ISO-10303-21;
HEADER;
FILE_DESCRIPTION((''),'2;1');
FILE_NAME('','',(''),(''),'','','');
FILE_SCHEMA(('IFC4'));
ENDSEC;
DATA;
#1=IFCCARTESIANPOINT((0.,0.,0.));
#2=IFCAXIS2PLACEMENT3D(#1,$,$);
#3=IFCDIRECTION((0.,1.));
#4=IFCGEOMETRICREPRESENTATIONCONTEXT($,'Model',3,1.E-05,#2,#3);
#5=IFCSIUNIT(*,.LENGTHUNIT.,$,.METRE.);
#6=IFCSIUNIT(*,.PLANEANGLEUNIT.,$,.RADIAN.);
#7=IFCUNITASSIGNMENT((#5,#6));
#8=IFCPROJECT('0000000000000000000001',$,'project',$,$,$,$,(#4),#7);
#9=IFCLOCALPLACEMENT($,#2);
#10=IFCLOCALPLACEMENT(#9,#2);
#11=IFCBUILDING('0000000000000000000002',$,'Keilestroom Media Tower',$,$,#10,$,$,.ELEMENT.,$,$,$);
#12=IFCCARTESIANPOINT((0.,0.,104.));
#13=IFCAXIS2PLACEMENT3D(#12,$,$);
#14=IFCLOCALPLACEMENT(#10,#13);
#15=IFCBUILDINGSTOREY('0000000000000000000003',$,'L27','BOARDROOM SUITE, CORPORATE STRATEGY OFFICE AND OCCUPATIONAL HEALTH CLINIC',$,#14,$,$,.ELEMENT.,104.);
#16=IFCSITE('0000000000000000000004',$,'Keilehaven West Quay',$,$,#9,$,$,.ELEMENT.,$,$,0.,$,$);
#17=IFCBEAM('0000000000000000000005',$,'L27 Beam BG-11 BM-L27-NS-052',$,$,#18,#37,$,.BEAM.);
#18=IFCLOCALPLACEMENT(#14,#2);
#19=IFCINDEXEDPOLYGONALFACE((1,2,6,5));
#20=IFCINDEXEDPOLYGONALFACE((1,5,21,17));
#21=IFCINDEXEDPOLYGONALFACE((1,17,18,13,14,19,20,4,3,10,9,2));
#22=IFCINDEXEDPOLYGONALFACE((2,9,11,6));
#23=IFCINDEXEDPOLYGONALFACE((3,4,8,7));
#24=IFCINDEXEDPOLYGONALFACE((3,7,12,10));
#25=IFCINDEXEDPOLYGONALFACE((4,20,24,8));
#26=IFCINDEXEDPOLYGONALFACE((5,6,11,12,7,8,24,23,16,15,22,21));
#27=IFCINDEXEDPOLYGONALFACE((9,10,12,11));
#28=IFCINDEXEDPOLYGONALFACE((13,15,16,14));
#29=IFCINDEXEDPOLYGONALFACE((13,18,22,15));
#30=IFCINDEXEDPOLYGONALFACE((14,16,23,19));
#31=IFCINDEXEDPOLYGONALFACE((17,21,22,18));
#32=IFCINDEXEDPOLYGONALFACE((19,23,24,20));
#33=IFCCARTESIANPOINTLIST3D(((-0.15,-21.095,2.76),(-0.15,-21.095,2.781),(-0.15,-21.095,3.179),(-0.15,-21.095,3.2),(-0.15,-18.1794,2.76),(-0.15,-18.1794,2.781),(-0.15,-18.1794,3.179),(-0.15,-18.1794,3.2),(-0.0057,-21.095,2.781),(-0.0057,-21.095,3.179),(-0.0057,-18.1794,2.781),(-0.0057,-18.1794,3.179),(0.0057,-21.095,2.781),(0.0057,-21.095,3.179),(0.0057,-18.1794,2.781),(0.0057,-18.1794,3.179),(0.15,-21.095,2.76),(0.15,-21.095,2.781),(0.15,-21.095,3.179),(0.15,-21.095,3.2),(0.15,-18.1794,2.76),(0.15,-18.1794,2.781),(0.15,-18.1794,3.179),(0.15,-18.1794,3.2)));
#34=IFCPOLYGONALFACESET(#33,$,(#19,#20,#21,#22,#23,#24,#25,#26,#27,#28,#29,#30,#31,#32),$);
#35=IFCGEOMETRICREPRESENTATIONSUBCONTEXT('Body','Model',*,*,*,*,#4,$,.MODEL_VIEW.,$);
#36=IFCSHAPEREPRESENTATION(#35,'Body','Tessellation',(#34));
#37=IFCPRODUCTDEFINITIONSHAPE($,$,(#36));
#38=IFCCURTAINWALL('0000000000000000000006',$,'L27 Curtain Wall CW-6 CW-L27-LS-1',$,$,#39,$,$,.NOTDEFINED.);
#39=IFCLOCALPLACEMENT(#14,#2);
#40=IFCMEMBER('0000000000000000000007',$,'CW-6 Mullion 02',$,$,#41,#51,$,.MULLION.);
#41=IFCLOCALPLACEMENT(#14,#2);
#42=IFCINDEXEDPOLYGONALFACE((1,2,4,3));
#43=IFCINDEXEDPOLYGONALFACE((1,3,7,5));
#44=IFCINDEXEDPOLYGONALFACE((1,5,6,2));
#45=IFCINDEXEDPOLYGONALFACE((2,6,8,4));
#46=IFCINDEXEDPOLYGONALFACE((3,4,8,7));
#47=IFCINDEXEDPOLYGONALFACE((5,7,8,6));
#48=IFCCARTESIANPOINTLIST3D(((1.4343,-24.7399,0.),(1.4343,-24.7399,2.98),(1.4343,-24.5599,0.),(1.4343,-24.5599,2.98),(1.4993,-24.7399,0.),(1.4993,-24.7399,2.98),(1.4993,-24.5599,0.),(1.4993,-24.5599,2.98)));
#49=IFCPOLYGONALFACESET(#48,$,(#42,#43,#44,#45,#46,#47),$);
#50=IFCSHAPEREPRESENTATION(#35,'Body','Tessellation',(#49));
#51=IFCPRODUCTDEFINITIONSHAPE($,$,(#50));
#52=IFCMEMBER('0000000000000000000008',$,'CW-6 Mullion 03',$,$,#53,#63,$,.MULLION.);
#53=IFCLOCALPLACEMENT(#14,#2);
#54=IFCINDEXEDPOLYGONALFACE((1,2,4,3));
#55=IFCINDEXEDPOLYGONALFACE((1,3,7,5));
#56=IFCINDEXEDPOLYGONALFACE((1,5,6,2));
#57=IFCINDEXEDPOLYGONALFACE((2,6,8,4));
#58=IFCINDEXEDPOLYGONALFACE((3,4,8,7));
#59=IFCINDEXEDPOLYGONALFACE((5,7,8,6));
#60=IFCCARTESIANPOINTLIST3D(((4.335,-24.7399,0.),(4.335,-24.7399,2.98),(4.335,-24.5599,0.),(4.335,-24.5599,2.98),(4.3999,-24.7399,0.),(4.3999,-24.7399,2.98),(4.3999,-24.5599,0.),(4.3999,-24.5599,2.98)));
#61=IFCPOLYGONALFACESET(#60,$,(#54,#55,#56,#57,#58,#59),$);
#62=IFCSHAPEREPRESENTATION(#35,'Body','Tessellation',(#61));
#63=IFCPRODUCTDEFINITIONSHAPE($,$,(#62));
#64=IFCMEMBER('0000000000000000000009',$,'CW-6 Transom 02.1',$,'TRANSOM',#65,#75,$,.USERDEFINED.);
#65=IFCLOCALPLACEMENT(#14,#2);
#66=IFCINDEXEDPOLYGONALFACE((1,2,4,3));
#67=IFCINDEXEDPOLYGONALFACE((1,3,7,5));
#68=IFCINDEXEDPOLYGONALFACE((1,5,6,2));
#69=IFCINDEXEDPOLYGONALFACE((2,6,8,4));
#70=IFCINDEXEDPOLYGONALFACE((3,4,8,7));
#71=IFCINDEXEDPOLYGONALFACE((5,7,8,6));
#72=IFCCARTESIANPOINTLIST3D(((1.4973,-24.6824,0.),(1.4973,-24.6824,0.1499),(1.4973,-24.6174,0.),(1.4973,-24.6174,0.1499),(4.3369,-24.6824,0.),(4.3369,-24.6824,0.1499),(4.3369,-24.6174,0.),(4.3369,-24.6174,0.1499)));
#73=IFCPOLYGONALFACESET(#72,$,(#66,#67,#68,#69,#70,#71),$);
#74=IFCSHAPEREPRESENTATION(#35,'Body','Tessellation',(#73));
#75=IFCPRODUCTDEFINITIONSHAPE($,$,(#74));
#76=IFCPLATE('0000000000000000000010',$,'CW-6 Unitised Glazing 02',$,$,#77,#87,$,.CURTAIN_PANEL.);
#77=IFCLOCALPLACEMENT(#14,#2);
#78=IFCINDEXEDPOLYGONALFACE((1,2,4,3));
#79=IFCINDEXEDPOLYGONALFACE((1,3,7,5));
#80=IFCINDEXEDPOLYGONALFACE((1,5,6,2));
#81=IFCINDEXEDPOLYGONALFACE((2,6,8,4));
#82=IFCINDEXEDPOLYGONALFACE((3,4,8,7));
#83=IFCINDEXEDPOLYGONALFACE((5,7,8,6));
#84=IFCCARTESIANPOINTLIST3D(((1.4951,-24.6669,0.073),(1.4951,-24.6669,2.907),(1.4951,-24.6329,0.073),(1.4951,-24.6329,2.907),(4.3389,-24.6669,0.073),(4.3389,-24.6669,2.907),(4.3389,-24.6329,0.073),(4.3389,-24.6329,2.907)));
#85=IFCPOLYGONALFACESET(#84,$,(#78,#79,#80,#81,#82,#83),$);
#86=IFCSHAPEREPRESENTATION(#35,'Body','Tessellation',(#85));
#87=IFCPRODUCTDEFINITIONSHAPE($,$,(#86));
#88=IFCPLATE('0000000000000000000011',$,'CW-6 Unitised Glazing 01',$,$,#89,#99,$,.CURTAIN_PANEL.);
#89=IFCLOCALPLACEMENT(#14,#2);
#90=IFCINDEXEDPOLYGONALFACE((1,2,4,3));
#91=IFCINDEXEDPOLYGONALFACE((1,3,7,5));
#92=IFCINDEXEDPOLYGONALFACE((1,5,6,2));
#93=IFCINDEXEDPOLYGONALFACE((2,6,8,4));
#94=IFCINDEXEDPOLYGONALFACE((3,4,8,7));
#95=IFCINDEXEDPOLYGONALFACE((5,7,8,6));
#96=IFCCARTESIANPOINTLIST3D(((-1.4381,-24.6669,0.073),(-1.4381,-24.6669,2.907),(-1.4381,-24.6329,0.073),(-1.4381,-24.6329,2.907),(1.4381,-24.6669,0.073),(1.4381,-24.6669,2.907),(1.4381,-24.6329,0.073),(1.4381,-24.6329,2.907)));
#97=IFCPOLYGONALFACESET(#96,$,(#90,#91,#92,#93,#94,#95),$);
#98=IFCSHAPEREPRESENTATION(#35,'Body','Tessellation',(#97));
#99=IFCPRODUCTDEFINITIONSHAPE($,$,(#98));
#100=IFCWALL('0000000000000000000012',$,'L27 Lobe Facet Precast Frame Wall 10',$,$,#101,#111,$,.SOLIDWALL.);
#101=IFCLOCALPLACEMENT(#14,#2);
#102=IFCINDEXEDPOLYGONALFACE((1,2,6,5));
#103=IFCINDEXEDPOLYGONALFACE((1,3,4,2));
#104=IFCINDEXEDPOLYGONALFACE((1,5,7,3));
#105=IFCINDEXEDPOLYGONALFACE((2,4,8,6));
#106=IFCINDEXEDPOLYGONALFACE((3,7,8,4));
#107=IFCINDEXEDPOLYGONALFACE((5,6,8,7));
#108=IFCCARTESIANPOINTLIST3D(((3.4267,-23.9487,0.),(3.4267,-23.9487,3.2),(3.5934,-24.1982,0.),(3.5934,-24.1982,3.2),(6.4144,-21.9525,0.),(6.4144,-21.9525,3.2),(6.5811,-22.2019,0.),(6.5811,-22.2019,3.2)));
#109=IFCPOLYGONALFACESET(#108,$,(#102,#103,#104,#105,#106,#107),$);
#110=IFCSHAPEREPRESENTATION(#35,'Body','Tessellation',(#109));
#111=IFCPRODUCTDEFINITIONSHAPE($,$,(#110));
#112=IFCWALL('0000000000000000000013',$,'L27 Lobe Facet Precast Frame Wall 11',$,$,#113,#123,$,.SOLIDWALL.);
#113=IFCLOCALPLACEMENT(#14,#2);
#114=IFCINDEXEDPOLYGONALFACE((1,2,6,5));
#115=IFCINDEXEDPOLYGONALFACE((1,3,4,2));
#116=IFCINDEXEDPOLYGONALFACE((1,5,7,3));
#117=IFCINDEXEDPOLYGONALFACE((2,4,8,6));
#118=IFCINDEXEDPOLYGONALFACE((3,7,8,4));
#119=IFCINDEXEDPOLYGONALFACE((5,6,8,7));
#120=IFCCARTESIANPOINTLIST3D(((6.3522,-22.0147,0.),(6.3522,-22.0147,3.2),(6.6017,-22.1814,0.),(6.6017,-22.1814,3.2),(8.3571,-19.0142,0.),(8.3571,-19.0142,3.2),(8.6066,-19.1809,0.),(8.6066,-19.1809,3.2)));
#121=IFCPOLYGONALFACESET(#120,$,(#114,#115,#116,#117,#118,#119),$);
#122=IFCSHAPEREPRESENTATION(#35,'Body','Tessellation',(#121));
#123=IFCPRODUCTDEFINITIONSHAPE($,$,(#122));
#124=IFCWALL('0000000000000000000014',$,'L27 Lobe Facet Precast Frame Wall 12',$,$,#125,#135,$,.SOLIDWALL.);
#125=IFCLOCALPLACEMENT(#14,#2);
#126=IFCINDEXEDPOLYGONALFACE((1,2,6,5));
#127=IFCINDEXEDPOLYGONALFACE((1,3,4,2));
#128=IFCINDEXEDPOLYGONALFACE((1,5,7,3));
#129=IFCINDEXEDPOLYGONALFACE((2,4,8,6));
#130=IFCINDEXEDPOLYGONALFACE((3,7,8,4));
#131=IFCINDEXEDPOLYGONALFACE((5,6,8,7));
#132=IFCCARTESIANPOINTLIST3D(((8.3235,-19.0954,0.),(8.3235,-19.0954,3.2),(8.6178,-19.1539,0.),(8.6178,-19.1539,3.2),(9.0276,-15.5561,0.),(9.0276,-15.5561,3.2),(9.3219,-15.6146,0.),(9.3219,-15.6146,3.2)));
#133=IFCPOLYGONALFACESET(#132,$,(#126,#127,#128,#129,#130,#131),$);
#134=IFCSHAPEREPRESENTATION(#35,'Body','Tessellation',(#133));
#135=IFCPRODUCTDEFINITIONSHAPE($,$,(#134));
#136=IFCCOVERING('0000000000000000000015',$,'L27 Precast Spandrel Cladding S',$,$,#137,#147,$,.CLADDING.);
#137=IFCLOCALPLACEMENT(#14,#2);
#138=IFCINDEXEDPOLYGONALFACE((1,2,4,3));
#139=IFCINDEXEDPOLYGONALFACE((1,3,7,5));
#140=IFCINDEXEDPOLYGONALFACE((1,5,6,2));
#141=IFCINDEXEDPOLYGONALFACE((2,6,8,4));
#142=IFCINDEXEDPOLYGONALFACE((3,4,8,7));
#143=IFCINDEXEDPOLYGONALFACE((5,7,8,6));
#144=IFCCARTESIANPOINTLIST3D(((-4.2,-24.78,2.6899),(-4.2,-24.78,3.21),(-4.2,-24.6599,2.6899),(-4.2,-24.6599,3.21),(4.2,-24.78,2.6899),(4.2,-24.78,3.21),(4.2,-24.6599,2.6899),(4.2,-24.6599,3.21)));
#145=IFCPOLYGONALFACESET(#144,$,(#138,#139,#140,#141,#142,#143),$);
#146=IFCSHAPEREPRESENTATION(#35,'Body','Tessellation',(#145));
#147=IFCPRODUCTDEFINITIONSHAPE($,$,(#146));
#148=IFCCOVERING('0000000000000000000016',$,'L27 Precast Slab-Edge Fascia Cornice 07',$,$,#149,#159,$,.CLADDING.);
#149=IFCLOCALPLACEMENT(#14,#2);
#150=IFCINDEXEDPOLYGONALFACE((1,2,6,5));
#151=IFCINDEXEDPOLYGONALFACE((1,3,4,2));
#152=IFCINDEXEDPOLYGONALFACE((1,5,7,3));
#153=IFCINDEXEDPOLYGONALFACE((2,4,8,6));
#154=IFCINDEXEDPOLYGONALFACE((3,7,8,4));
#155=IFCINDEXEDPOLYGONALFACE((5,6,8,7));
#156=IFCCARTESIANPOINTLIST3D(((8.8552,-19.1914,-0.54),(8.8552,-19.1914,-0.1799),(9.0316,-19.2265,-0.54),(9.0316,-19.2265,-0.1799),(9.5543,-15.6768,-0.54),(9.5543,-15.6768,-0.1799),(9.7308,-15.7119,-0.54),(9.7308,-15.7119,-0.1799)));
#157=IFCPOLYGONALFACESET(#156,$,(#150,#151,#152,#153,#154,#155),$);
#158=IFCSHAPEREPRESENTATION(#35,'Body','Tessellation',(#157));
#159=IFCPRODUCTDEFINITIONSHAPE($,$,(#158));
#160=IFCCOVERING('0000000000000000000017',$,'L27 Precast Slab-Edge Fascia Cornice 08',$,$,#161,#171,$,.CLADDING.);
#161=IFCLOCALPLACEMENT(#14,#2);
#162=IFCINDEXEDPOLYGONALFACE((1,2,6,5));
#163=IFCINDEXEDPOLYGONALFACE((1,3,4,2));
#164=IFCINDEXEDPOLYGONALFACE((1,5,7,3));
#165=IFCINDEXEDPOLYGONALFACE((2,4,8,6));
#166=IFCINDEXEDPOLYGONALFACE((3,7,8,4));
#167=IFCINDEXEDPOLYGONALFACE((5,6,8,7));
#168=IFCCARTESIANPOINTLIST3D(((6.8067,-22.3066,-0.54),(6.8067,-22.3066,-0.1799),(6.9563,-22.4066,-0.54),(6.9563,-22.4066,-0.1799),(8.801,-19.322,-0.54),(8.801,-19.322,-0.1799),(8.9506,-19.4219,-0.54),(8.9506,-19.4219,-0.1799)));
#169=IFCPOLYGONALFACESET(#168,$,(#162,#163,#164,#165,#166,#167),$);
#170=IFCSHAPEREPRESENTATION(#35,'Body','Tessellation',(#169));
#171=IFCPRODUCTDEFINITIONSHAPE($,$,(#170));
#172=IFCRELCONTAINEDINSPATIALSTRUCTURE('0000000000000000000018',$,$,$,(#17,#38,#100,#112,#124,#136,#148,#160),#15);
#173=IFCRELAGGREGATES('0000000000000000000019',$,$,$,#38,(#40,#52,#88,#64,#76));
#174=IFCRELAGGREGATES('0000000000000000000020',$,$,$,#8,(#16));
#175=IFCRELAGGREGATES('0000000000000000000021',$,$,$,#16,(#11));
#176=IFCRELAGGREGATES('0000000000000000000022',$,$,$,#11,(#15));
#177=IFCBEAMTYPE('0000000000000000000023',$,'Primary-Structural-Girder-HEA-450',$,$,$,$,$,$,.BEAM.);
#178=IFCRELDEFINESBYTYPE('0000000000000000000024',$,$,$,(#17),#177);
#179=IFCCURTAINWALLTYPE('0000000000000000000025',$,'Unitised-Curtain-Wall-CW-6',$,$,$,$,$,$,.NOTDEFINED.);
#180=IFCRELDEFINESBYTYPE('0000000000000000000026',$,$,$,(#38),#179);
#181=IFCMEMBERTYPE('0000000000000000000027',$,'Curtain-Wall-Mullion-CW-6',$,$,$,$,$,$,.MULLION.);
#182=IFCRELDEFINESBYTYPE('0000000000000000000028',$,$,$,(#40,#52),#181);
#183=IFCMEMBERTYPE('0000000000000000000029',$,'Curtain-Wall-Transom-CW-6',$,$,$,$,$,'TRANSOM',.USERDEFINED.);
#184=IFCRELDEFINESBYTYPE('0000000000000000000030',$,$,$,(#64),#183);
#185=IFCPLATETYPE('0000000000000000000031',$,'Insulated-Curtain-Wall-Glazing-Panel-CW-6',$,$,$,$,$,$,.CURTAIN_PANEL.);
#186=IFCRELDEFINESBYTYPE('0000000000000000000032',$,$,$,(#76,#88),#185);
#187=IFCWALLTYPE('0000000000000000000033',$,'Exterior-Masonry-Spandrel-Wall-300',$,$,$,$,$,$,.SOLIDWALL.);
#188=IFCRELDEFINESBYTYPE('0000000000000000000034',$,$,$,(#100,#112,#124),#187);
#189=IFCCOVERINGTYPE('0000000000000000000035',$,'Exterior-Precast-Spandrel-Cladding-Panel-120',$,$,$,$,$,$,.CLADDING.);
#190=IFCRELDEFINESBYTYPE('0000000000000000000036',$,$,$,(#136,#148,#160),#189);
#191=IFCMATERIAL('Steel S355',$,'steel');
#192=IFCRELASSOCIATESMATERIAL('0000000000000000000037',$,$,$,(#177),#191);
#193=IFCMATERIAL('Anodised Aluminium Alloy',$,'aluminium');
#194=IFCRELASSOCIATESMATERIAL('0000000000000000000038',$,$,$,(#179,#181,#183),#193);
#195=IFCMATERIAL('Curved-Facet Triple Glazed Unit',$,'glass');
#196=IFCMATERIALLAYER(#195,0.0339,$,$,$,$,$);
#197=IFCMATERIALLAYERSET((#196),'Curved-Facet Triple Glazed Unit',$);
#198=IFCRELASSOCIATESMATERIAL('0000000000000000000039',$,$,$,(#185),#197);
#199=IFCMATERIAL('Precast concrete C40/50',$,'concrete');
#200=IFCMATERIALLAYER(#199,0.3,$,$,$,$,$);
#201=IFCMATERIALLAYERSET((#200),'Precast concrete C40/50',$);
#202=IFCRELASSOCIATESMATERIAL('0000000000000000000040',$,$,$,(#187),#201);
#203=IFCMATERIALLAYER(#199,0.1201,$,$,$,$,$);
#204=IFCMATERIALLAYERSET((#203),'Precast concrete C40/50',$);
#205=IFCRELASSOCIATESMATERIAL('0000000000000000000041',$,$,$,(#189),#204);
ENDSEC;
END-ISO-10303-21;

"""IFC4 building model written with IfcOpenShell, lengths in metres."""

from ifc_helpers import new_model, si_unit, direction, frame, frame_2d, origin, origin_2d, place, context, subcontext, project, spatial, rectangle, i_section, extrude, source, transform, mapped, material, layer, layer_set, material_profile, profile_set, type_object, element, aggregate, save


model = new_model("IFC4")

# Units and contexts
model_context = context("Model", 3, precision=1e-05, world=origin(), true_north=direction((0.0, 1.0)))
body_context = subcontext(model_context, "Body", "Model", "MODEL_VIEW")
ifc_project = project(units=[si_unit("LENGTHUNIT", "METRE"), si_unit("PLANEANGLEUNIT", "RADIAN")], contexts=[model_context])

# Site, building, storey
site_placement = place(None, origin())
site = spatial("IfcSite", under=ifc_project, at=site_placement, Name="Keilehaven West Quay", CompositionType="ELEMENT", RefElevation=0.0)
building_placement = place(site_placement, origin())
building = spatial("IfcBuilding", under=site, at=building_placement, Name="Keilestroom Media Tower", CompositionType="ELEMENT")
storey_placement = place(building_placement, frame((0.0, 0.0, 104.0)))
storey = spatial("IfcBuildingStorey", under=building, at=storey_placement, Name="L27", Description="BOARDROOM SUITE, CORPORATE STRATEGY OFFICE AND OCCUPATIONAL HEALTH CLINIC", CompositionType="ELEMENT", Elevation=104.0)

# Shared definitions
ifc_material_1 = material(Name="Steel S355", Category="steel")

# Beam
ifc_material_profile_1 = material_profile(ifc_material_1, i_section(OverallWidth=0.3, OverallDepth=0.4399, WebThickness=0.0115, FlangeThickness=0.021, at=origin_2d()), Name="HEA 450")
ifc_profile_set_1 = profile_set([ifc_material_profile_1], Name="Steel S355")
beam_type_1 = type_object("IfcBeamType", Name="Primary-Structural-Girder-HEA-450", PredefinedType="BEAM", material=ifc_profile_set_1)
shared_shape_1 = source(origin(), body_context, "Body", "SweptSolid", [
    extrude(i_section(OverallWidth=0.3, OverallDepth=0.4399, WebThickness=0.0115, FlangeThickness=0.021, at=origin_2d()), origin(), (0.0, 0.0, 1.0), 2.9155),
])
beam_1_placement = place(storey_placement, frame((0.0, -21.095, 2.98), z_axis=(0.0, 1.0, 0.0), x_axis=(-1.0, 0.0, 0.0)))
element("IfcBeam", 1, at=beam_1_placement, inside=storey, type_object=beam_type_1, Name="L27 Beam BG-11 BM-L27-NS-052", PredefinedType="BEAM", context=body_context, shape_type="MappedRepresentation", body=[
    mapped(shared_shape_1, transform((0.0, 0.0, 0.0), x_axis=(1.0, 0.0, 0.0), y_axis=(0.0, 1.0, 0.0), z_axis=(0.0, 0.0, 1.0), scale=1.0)),
])

# Curtain wall, members, plates
ifc_material_2 = material(Name="Anodised Aluminium Alloy", Category="aluminium")
curtain_wall_type = type_object("IfcCurtainWallType", Name="Unitised-Curtain-Wall-CW-6", PredefinedType="NOTDEFINED", material=ifc_material_2)
curtain_wall_placement = place(storey_placement, origin())
curtain_wall = element("IfcCurtainWall", 2, at=curtain_wall_placement, inside=storey, type_object=curtain_wall_type, Name="L27 Curtain Wall CW-6 CW-L27-LS-1", PredefinedType="NOTDEFINED")
ifc_material_profile_2 = material_profile(ifc_material_2, rectangle(XDim=0.0649, YDim=0.1799, at=origin_2d()), Name="ALU MULLION 65x180")
ifc_profile_set_2 = profile_set([ifc_material_profile_2], Name="Anodised Aluminium Alloy")
member_type_1 = type_object("IfcMemberType", Name="Curtain-Wall-Mullion-CW-6", PredefinedType="MULLION", material=ifc_profile_set_2)
shared_shape_2 = source(origin(), body_context, "Body", "SweptSolid", [
    extrude(rectangle(XDim=0.0649, YDim=0.1799, at=origin_2d()), origin(), (0.0, 0.0, 1.0), 2.98),
])
member_1_placement = place(storey_placement, frame((1.4668, -24.6499, 0.0), z_axis=(0.0, 0.0, 1.0), x_axis=(1.0, 0.0, 0.0)))
member_1 = element("IfcMember", 3, at=member_1_placement, type_object=member_type_1, Name="CW-6 Mullion 02", PredefinedType="MULLION", context=body_context, shape_type="MappedRepresentation", body=[
    mapped(shared_shape_2, transform((0.0, 0.0, 0.0), x_axis=(1.0, 0.0, 0.0), y_axis=(0.0, 1.0, 0.0), z_axis=(0.0, 0.0, 1.0), scale=1.0)),
])
member_2_placement = place(storey_placement, frame((4.3674, -24.6499, 0.0), z_axis=(0.0, 0.0, 1.0), x_axis=(1.0, 0.0, 0.0)))
member_2 = element("IfcMember", 4, at=member_2_placement, type_object=member_type_1, Name="CW-6 Mullion 03", PredefinedType="MULLION", context=body_context, shape_type="MappedRepresentation", body=[
    mapped(shared_shape_2, transform((0.0, 0.0, 0.0), x_axis=(1.0, 0.0, 0.0), y_axis=(0.0, 1.0, 0.0), z_axis=(0.0, 0.0, 1.0), scale=1.0)),
])
ifc_material_profile_3 = material_profile(ifc_material_2, rectangle(XDim=0.0649, YDim=0.1499, at=origin_2d()), Name="ALU TRANSOM 65x150")
ifc_profile_set_3 = profile_set([ifc_material_profile_3], Name="Anodised Aluminium Alloy")
member_type_2 = type_object("IfcMemberType", Name="Curtain-Wall-Transom-CW-6", ElementType="TRANSOM", PredefinedType="USERDEFINED", material=ifc_profile_set_3)
shared_shape_3 = source(origin(), body_context, "Body", "SweptSolid", [
    extrude(rectangle(XDim=0.0649, YDim=0.1499, at=origin_2d()), origin(), (0.0, 0.0, 1.0), 2.8396),
])
member_3_placement = place(storey_placement, frame((1.4973, -24.6499, 0.075), z_axis=(1.0, 0.0, 0.0), x_axis=(0.0, 1.0, 0.0)))
member_3 = element("IfcMember", 5, at=member_3_placement, type_object=member_type_2, Name="CW-6 Transom 02.1", ObjectType="TRANSOM", PredefinedType="USERDEFINED", context=body_context, shape_type="MappedRepresentation", body=[
    mapped(shared_shape_3, transform((0.0, 0.0, 0.0), x_axis=(1.0, 0.0, 0.0), y_axis=(0.0, 1.0, 0.0), z_axis=(0.0, 0.0, 1.0), scale=1.0)),
])
ifc_material_3 = material(Name="Curved-Facet Triple Glazed Unit", Category="glass")
ifc_layer_1 = layer(ifc_material_3, 0.0339)
ifc_layer_set_1 = layer_set([ifc_layer_1], Name="Curved-Facet Triple Glazed Unit")
plate_type = type_object("IfcPlateType", Name="Insulated-Curtain-Wall-Glazing-Panel-CW-6", PredefinedType="CURTAIN_PANEL", material=ifc_layer_set_1)
shared_shape_4 = source(origin(), body_context, "Body", "SweptSolid", [
    extrude(rectangle(XDim=2.8438, YDim=0.0339, at=origin_2d()), origin(), (0.0, 0.0, 1.0), 2.834),
])
plate_1_placement = place(storey_placement, frame((2.917, -24.6499, 0.073), z_axis=(0.0, 0.0, 1.0), x_axis=(1.0, 0.0, 0.0)))
plate_1 = element("IfcPlate", 6, at=plate_1_placement, type_object=plate_type, Name="CW-6 Unitised Glazing 02", PredefinedType="CURTAIN_PANEL", context=body_context, shape_type="MappedRepresentation", body=[
    mapped(shared_shape_4, transform((0.0, 0.0, 0.0), x_axis=(1.0, 0.0, 0.0), y_axis=(0.0, 1.0, 0.0), z_axis=(0.0, 0.0, 1.0), scale=1.0)),
])
shared_shape_5 = source(origin(), body_context, "Body", "SweptSolid", [
    extrude(rectangle(XDim=2.8762, YDim=0.0339, at=origin_2d()), origin(), (0.0, 0.0, 1.0), 2.834),
])
plate_2_placement = place(storey_placement, frame((0.0, -24.6499, 0.073), z_axis=(0.0, 0.0, 1.0), x_axis=(1.0, 0.0, 0.0)))
plate_2 = element("IfcPlate", 7, at=plate_2_placement, type_object=plate_type, Name="CW-6 Unitised Glazing 01", PredefinedType="CURTAIN_PANEL", context=body_context, shape_type="MappedRepresentation", body=[
    mapped(shared_shape_5, transform((0.0, 0.0, 0.0), x_axis=(1.0, 0.0, 0.0), y_axis=(0.0, 1.0, 0.0), z_axis=(0.0, 0.0, 1.0), scale=1.0)),
])
aggregate(curtain_wall, [member_1, member_2, plate_2, member_3, plate_1])

# Walls
ifc_material_4 = material(Name="Precast concrete C40/50", Category="concrete")
ifc_layer_2 = layer(ifc_material_4, 0.3)
ifc_layer_set_2 = layer_set([ifc_layer_2], Name="Precast concrete C40/50")
wall_type = type_object("IfcWallType", Name="Exterior-Masonry-Spandrel-Wall-300", PredefinedType="SOLIDWALL", material=ifc_layer_set_2)
wall_placement = place(storey_placement, frame((3.51, -24.0735, 0.0), z_axis=(0.0, 0.0, 1.0), x_axis=(0.831475, 0.555562, 0.0)))
element("IfcWall", 8, at=wall_placement, inside=storey, type_object=wall_type, Name="L27 Lobe Facet Precast Frame Wall 10", PredefinedType="SOLIDWALL", context=body_context, shape_type="SweptSolid", body=[
    extrude(rectangle(XDim=3.5933, YDim=0.3, at=frame_2d((1.7966, 0.0))), origin(), (0.0, 0.0, 1.0), 3.2),
])
for number, where, z_axis, x_axis, name in (
    (9, (6.4771, -22.0979, 0.0), (0.0, 0.0, 1.0), (0.555574, 0.831467, 0.0), "L27 Lobe Facet Precast Frame Wall 11"),
    (10, (8.4707, -19.1245, 0.0), (0.0, 0.0, 1.0), (0.195114, 0.980781, 0.0), "L27 Lobe Facet Precast Frame Wall 12"),
):
    element("IfcWall", number, at=place(storey_placement, frame(where, z_axis=z_axis, x_axis=x_axis)), inside=storey, type_object=wall_type, Name=name, PredefinedType="SOLIDWALL", context=body_context, shape_type="SweptSolid", body=[
        extrude(rectangle(XDim=3.6086, YDim=0.3, at=frame_2d((1.8042, 0.0))), origin(), (0.0, 0.0, 1.0), 3.2),
    ])

# Coverings
ifc_layer_3 = layer(ifc_material_4, 0.1201)
ifc_layer_set_3 = layer_set([ifc_layer_3], Name="Precast concrete C40/50")
covering_type = type_object("IfcCoveringType", Name="Exterior-Precast-Spandrel-Cladding-Panel-120", PredefinedType="CLADDING", material=ifc_layer_set_3)
shared_shape_6 = source(origin(), body_context, "Body", "SweptSolid", [
    extrude(rectangle(XDim=8.3999, YDim=0.1201, at=origin_2d()), origin(), (0.0, 0.0, 1.0), 0.52),
])
covering_1_placement = place(storey_placement, frame((0.0, -24.72, 2.6899), z_axis=(0.0, 0.0, 1.0), x_axis=(1.0, 0.0, 0.0)))
element("IfcCovering", 11, at=covering_1_placement, inside=storey, type_object=covering_type, Name="L27 Precast Spandrel Cladding S", PredefinedType="CLADDING", context=body_context, shape_type="MappedRepresentation", body=[
    mapped(shared_shape_6, transform((0.0, 0.0, 0.0), x_axis=(1.0, 0.0, 0.0), y_axis=(0.0, 1.0, 0.0), z_axis=(0.0, 0.0, 1.0), scale=1.0)),
])
shared_shape_7 = source(origin(), body_context, "Body", "SweptSolid", [
    extrude(rectangle(XDim=3.5835, YDim=0.1799, at=origin_2d()), origin(), (0.0, 0.0, 1.0), 0.3601),
])
covering_2_placement = place(storey_placement, frame((9.293, -17.4517, -0.54), z_axis=(0.0, 0.0, 1.0), x_axis=(-0.195099, -0.980784, 0.0)))
element("IfcCovering", 12, at=covering_2_placement, inside=storey, type_object=covering_type, Name="L27 Precast Slab-Edge Fascia Cornice 07", PredefinedType="CLADDING", context=body_context, shape_type="MappedRepresentation", body=[
    mapped(shared_shape_7, transform((0.0, 0.0, 0.0), x_axis=(1.0, 0.0, 0.0), y_axis=(0.0, 1.0, 0.0), z_axis=(0.0, 0.0, 1.0), scale=1.0)),
])
shared_shape_8 = source(origin(), body_context, "Body", "SweptSolid", [
    extrude(rectangle(XDim=3.5896, YDim=0.1799, at=origin_2d()), origin(), (0.0, 0.0, 1.0), 0.3601),
])
for number, where, z_axis, x_axis, name in (
    (13, (7.8787, -20.8643, -0.54), (0.0, 0.0, 1.0), (-0.555575, -0.831467, 0.0), "L27 Precast Slab-Edge Fascia Cornice 08"),
):
    element("IfcCovering", number, at=place(storey_placement, frame(where, z_axis=z_axis, x_axis=x_axis)), inside=storey, type_object=covering_type, Name=name, PredefinedType="CLADDING", context=body_context, shape_type="MappedRepresentation", body=[
        mapped(shared_shape_8, transform((0.0, 0.0, 0.0), x_axis=(1.0, 0.0, 0.0), y_axis=(0.0, 1.0, 0.0), z_axis=(0.0, 0.0, 1.0), scale=1.0)),
    ])

save(model, "model.ifc")
